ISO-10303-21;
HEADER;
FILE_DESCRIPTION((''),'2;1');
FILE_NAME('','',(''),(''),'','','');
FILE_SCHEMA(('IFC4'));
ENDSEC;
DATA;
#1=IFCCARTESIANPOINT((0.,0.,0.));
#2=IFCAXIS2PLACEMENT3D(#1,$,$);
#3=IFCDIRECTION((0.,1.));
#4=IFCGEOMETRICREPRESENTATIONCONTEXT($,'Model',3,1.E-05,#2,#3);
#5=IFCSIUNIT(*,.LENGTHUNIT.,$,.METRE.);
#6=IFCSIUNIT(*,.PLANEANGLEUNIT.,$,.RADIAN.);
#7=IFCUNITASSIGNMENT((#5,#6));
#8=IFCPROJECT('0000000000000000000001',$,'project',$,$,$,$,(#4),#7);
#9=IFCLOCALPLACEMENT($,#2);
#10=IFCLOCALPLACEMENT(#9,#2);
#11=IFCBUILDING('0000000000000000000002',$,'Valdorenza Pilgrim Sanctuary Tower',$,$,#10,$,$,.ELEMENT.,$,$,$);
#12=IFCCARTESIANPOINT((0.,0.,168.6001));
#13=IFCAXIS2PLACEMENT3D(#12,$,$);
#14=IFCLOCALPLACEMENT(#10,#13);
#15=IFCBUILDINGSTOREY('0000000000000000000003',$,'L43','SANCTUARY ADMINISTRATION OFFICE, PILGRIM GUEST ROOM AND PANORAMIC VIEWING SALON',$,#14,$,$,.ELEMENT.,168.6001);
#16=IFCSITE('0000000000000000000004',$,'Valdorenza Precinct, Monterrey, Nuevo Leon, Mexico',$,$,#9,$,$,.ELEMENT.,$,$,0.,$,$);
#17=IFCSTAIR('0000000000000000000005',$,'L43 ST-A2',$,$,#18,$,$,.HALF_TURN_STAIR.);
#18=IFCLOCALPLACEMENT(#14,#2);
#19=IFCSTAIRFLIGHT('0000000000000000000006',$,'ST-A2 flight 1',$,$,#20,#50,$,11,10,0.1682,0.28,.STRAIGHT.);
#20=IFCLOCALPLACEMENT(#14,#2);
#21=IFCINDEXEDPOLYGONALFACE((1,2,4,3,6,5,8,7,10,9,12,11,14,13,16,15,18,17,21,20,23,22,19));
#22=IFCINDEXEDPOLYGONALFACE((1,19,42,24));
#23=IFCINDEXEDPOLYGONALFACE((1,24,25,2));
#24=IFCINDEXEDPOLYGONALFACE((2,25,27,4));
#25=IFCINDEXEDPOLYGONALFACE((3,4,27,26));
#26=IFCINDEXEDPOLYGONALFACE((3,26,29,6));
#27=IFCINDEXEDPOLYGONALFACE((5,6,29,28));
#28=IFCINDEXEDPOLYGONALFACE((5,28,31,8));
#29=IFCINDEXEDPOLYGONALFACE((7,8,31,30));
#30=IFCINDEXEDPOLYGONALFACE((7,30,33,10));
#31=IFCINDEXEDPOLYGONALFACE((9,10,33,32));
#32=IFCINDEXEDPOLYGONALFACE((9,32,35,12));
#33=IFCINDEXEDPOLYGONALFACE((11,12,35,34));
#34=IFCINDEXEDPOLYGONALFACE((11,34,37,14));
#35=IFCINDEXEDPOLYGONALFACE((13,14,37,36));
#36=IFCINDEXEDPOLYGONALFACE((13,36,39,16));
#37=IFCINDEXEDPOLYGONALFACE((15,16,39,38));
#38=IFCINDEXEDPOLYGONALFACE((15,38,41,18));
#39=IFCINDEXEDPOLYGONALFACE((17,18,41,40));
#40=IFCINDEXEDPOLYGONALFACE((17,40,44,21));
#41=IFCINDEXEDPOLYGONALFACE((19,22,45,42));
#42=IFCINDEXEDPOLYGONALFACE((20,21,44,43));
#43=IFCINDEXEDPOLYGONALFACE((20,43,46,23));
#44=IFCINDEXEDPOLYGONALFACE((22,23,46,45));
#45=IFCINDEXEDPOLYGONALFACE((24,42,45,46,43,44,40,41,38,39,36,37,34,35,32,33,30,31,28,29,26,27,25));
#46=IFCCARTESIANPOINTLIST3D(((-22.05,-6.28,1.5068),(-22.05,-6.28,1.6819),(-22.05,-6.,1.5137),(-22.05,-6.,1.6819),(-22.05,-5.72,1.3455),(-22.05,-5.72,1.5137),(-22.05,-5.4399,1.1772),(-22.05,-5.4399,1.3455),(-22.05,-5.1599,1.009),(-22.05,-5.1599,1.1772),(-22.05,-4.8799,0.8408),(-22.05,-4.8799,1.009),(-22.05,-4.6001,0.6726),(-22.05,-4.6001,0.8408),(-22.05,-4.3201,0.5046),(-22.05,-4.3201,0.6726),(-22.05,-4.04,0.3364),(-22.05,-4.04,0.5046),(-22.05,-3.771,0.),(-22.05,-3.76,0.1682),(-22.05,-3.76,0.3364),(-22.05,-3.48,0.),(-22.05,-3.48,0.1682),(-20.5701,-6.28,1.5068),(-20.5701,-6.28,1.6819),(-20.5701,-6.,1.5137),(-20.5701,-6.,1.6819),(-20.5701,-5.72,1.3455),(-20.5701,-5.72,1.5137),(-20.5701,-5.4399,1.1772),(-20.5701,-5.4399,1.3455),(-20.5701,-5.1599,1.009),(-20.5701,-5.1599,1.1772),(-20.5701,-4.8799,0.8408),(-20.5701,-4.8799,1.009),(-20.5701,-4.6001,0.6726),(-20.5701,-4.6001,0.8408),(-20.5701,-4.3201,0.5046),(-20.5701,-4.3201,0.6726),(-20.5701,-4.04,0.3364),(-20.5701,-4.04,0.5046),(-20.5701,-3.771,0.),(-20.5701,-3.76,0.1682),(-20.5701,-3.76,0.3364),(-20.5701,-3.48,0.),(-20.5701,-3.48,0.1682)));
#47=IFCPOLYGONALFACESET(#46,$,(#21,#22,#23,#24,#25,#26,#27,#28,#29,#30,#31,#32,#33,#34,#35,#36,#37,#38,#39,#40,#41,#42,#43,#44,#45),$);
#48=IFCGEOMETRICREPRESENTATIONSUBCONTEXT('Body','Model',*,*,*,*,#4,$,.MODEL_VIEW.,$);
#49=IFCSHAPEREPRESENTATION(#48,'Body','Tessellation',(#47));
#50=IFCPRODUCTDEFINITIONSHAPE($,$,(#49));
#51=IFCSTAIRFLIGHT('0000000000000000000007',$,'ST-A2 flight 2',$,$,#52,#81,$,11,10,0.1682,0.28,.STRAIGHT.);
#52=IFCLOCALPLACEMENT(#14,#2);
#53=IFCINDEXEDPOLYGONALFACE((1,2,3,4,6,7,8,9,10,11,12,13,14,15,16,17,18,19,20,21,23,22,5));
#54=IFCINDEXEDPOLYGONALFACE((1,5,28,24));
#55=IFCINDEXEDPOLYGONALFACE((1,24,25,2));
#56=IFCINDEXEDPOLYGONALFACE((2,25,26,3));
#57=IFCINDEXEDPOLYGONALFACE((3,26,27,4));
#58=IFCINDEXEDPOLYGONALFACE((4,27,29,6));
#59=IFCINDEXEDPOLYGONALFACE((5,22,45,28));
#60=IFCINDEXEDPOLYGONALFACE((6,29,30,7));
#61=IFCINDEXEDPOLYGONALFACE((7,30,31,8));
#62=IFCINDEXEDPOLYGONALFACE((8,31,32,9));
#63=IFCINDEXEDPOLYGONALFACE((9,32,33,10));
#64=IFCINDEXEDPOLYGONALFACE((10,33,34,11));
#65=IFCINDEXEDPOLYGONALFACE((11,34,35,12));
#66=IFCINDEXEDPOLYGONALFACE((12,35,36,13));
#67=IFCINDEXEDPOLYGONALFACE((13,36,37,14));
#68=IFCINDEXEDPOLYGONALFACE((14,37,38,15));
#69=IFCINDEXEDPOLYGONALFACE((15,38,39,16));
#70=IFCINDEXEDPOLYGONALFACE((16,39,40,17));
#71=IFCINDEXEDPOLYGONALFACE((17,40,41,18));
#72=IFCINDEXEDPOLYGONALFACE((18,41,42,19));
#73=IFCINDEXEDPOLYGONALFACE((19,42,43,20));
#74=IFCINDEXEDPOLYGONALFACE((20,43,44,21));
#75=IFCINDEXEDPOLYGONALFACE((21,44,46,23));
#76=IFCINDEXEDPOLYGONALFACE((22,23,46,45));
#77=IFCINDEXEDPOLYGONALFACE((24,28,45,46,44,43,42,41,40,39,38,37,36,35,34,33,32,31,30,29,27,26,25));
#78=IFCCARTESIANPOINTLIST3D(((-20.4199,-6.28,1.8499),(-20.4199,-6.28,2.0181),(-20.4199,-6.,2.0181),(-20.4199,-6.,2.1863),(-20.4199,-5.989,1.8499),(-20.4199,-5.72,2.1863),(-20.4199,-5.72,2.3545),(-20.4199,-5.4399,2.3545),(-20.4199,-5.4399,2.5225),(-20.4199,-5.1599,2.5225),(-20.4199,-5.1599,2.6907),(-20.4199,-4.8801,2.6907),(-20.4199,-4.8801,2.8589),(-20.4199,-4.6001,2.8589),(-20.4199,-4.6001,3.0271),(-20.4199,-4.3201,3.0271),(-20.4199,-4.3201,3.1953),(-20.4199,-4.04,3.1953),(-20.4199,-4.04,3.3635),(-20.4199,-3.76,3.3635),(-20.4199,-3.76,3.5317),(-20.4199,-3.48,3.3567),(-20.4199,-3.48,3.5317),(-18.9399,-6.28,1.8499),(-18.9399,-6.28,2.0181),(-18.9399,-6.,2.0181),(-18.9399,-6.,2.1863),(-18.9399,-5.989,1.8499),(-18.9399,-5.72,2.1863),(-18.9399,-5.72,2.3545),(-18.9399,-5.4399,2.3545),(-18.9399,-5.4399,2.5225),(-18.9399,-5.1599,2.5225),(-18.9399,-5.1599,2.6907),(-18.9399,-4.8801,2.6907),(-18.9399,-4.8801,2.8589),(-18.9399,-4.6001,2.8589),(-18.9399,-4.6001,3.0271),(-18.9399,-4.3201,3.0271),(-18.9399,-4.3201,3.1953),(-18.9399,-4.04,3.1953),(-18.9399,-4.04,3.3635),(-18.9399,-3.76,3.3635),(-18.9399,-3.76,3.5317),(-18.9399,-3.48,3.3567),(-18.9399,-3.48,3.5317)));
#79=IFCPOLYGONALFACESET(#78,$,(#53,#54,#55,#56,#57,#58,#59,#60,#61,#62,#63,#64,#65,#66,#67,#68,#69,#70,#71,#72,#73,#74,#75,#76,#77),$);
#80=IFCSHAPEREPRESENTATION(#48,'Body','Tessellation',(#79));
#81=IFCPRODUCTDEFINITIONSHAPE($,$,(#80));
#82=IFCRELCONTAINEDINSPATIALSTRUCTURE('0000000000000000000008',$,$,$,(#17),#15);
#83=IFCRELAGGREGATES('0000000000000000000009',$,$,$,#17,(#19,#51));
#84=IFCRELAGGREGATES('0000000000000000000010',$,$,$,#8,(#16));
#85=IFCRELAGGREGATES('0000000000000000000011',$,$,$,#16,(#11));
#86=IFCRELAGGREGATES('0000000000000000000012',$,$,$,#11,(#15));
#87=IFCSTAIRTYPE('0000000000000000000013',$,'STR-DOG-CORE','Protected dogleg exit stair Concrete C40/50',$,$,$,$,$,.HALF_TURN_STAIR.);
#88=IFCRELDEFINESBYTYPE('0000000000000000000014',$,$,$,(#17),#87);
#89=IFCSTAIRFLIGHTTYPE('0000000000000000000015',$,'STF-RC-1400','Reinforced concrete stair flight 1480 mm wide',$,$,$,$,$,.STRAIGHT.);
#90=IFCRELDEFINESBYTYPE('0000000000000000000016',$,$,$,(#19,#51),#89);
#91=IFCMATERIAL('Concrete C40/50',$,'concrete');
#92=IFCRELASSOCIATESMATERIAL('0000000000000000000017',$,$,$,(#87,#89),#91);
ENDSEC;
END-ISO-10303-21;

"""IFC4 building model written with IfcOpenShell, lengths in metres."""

from ifc_helpers import new_model, si_unit, direction, frame, origin, place, context, subcontext, project, spatial, polyline, outline, extrude, material, type_object, element, aggregate, save


model = new_model("IFC4")

# Units and contexts
model_context = context("Model", 3, precision=1e-05, world=origin(), true_north=direction((0.0, 1.0)))
body_context = subcontext(model_context, "Body", "Model", "MODEL_VIEW")
ifc_project = project(units=[si_unit("LENGTHUNIT", "METRE"), si_unit("PLANEANGLEUNIT", "RADIAN")], contexts=[model_context])

# Site, building, storey
site_placement = place(None, origin())
site = spatial("IfcSite", under=ifc_project, at=site_placement, Name="Valdorenza Precinct, Monterrey, Nuevo Leon, Mexico", CompositionType="ELEMENT", RefElevation=0.0)
building_placement = place(site_placement, origin())
building = spatial("IfcBuilding", under=site, at=building_placement, Name="Valdorenza Pilgrim Sanctuary Tower", CompositionType="ELEMENT")
storey_placement = place(building_placement, frame((0.0, 0.0, 168.6001)))
storey = spatial("IfcBuildingStorey", under=building, at=storey_placement, Name="L43", Description="SANCTUARY ADMINISTRATION OFFICE, PILGRIM GUEST ROOM AND PANORAMIC VIEWING SALON", CompositionType="ELEMENT", Elevation=168.6001)

# Shared definitions
ifc_material_1 = material(Name="Concrete C40/50", Category="concrete")

# Stair, stair flights
stair_type = type_object("IfcStairType", Name="STR-DOG-CORE", Description="Protected dogleg exit stair Concrete C40/50", PredefinedType="HALF_TURN_STAIR", material=ifc_material_1)
stair_placement = place(storey_placement, origin())
stair = element("IfcStair", 1, at=stair_placement, inside=storey, type_object=stair_type, Name="L43 ST-A2", PredefinedType="HALF_TURN_STAIR")
stair_flight_type = type_object("IfcStairFlightType", Name="STF-RC-1400", Description="Reinforced concrete stair flight 1480 mm wide", PredefinedType="STRAIGHT", material=ifc_material_1)
stair_flight_1_placement = place(storey_placement, frame((-21.3101, -3.48, 0.0), z_axis=(0.0, 0.0, 1.0), x_axis=(0.0, -1.0, 0.0)))
stair_flight_1 = element("IfcStairFlight", 2, at=stair_flight_1_placement, type_object=stair_flight_type, Name="ST-A2 flight 1", NumberOfRisers=11, NumberOfTreads=10, PredefinedType="STRAIGHT", RiserHeight=0.1682, TreadLength=0.28, context=body_context, shape_type="SweptSolid", body=[
    extrude(outline(polyline([(0.0, 0.0), (0.0, 0.1682), (0.28, 0.1682), (0.28, 0.3364), (0.5601, 0.3364), (0.5601, 0.5046), (0.8401, 0.5046), (0.8401, 0.6726), (1.1201, 0.6726), (1.1201, 0.8408), (1.3999, 0.8408), (1.3999, 1.009), (1.6799, 1.009), (1.6799, 1.1772), (1.96, 1.1772), (1.96, 1.3455), (2.24, 1.3455), (2.24, 1.5137), (2.52, 1.5137), (2.52, 1.6819), (2.8, 1.6819), (2.8, 1.8501), (2.8, 1.5068), (0.291, 0.0), (0.0, 0.0)])), frame((0.0, 0.74, 0.0), z_axis=(0.0, -1.0, 0.0), x_axis=(1.0, 0.0, 0.0)), (0.0, 0.0, 1.0), 1.48),
])
stair_flight_2_placement = place(storey_placement, frame((-19.6799, -6.28, 1.8499), z_axis=(0.0, 0.0, 1.0), x_axis=(0.0, 1.0, 0.0)))
stair_flight_2 = element("IfcStairFlight", 3, at=stair_flight_2_placement, type_object=stair_flight_type, Name="ST-A2 flight 2", NumberOfRisers=11, NumberOfTreads=10, PredefinedType="STRAIGHT", RiserHeight=0.1682, TreadLength=0.28, context=body_context, shape_type="SweptSolid", body=[
    extrude(outline(polyline([(0.0, 0.0), (0.0, 0.1682), (0.28, 0.1682), (0.28, 0.3364), (0.5601, 0.3364), (0.5601, 0.5046), (0.8401, 0.5046), (0.8401, 0.6726), (1.1201, 0.6726), (1.1201, 0.8408), (1.3999, 0.8408), (1.3999, 1.009), (1.6799, 1.009), (1.6799, 1.1772), (1.96, 1.1772), (1.96, 1.3455), (2.24, 1.3455), (2.24, 1.5137), (2.52, 1.5137), (2.52, 1.6819), (2.8, 1.6819), (2.8, 1.8501), (2.8, 1.5068), (0.291, 0.0), (0.0, 0.0)])), frame((0.0, 0.74, 0.0), z_axis=(0.0, -1.0, 0.0), x_axis=(1.0, 0.0, 0.0)), (0.0, 0.0, 1.0), 1.48),
])
aggregate(stair, [stair_flight_1, stair_flight_2])

save(model, "model.ifc")
